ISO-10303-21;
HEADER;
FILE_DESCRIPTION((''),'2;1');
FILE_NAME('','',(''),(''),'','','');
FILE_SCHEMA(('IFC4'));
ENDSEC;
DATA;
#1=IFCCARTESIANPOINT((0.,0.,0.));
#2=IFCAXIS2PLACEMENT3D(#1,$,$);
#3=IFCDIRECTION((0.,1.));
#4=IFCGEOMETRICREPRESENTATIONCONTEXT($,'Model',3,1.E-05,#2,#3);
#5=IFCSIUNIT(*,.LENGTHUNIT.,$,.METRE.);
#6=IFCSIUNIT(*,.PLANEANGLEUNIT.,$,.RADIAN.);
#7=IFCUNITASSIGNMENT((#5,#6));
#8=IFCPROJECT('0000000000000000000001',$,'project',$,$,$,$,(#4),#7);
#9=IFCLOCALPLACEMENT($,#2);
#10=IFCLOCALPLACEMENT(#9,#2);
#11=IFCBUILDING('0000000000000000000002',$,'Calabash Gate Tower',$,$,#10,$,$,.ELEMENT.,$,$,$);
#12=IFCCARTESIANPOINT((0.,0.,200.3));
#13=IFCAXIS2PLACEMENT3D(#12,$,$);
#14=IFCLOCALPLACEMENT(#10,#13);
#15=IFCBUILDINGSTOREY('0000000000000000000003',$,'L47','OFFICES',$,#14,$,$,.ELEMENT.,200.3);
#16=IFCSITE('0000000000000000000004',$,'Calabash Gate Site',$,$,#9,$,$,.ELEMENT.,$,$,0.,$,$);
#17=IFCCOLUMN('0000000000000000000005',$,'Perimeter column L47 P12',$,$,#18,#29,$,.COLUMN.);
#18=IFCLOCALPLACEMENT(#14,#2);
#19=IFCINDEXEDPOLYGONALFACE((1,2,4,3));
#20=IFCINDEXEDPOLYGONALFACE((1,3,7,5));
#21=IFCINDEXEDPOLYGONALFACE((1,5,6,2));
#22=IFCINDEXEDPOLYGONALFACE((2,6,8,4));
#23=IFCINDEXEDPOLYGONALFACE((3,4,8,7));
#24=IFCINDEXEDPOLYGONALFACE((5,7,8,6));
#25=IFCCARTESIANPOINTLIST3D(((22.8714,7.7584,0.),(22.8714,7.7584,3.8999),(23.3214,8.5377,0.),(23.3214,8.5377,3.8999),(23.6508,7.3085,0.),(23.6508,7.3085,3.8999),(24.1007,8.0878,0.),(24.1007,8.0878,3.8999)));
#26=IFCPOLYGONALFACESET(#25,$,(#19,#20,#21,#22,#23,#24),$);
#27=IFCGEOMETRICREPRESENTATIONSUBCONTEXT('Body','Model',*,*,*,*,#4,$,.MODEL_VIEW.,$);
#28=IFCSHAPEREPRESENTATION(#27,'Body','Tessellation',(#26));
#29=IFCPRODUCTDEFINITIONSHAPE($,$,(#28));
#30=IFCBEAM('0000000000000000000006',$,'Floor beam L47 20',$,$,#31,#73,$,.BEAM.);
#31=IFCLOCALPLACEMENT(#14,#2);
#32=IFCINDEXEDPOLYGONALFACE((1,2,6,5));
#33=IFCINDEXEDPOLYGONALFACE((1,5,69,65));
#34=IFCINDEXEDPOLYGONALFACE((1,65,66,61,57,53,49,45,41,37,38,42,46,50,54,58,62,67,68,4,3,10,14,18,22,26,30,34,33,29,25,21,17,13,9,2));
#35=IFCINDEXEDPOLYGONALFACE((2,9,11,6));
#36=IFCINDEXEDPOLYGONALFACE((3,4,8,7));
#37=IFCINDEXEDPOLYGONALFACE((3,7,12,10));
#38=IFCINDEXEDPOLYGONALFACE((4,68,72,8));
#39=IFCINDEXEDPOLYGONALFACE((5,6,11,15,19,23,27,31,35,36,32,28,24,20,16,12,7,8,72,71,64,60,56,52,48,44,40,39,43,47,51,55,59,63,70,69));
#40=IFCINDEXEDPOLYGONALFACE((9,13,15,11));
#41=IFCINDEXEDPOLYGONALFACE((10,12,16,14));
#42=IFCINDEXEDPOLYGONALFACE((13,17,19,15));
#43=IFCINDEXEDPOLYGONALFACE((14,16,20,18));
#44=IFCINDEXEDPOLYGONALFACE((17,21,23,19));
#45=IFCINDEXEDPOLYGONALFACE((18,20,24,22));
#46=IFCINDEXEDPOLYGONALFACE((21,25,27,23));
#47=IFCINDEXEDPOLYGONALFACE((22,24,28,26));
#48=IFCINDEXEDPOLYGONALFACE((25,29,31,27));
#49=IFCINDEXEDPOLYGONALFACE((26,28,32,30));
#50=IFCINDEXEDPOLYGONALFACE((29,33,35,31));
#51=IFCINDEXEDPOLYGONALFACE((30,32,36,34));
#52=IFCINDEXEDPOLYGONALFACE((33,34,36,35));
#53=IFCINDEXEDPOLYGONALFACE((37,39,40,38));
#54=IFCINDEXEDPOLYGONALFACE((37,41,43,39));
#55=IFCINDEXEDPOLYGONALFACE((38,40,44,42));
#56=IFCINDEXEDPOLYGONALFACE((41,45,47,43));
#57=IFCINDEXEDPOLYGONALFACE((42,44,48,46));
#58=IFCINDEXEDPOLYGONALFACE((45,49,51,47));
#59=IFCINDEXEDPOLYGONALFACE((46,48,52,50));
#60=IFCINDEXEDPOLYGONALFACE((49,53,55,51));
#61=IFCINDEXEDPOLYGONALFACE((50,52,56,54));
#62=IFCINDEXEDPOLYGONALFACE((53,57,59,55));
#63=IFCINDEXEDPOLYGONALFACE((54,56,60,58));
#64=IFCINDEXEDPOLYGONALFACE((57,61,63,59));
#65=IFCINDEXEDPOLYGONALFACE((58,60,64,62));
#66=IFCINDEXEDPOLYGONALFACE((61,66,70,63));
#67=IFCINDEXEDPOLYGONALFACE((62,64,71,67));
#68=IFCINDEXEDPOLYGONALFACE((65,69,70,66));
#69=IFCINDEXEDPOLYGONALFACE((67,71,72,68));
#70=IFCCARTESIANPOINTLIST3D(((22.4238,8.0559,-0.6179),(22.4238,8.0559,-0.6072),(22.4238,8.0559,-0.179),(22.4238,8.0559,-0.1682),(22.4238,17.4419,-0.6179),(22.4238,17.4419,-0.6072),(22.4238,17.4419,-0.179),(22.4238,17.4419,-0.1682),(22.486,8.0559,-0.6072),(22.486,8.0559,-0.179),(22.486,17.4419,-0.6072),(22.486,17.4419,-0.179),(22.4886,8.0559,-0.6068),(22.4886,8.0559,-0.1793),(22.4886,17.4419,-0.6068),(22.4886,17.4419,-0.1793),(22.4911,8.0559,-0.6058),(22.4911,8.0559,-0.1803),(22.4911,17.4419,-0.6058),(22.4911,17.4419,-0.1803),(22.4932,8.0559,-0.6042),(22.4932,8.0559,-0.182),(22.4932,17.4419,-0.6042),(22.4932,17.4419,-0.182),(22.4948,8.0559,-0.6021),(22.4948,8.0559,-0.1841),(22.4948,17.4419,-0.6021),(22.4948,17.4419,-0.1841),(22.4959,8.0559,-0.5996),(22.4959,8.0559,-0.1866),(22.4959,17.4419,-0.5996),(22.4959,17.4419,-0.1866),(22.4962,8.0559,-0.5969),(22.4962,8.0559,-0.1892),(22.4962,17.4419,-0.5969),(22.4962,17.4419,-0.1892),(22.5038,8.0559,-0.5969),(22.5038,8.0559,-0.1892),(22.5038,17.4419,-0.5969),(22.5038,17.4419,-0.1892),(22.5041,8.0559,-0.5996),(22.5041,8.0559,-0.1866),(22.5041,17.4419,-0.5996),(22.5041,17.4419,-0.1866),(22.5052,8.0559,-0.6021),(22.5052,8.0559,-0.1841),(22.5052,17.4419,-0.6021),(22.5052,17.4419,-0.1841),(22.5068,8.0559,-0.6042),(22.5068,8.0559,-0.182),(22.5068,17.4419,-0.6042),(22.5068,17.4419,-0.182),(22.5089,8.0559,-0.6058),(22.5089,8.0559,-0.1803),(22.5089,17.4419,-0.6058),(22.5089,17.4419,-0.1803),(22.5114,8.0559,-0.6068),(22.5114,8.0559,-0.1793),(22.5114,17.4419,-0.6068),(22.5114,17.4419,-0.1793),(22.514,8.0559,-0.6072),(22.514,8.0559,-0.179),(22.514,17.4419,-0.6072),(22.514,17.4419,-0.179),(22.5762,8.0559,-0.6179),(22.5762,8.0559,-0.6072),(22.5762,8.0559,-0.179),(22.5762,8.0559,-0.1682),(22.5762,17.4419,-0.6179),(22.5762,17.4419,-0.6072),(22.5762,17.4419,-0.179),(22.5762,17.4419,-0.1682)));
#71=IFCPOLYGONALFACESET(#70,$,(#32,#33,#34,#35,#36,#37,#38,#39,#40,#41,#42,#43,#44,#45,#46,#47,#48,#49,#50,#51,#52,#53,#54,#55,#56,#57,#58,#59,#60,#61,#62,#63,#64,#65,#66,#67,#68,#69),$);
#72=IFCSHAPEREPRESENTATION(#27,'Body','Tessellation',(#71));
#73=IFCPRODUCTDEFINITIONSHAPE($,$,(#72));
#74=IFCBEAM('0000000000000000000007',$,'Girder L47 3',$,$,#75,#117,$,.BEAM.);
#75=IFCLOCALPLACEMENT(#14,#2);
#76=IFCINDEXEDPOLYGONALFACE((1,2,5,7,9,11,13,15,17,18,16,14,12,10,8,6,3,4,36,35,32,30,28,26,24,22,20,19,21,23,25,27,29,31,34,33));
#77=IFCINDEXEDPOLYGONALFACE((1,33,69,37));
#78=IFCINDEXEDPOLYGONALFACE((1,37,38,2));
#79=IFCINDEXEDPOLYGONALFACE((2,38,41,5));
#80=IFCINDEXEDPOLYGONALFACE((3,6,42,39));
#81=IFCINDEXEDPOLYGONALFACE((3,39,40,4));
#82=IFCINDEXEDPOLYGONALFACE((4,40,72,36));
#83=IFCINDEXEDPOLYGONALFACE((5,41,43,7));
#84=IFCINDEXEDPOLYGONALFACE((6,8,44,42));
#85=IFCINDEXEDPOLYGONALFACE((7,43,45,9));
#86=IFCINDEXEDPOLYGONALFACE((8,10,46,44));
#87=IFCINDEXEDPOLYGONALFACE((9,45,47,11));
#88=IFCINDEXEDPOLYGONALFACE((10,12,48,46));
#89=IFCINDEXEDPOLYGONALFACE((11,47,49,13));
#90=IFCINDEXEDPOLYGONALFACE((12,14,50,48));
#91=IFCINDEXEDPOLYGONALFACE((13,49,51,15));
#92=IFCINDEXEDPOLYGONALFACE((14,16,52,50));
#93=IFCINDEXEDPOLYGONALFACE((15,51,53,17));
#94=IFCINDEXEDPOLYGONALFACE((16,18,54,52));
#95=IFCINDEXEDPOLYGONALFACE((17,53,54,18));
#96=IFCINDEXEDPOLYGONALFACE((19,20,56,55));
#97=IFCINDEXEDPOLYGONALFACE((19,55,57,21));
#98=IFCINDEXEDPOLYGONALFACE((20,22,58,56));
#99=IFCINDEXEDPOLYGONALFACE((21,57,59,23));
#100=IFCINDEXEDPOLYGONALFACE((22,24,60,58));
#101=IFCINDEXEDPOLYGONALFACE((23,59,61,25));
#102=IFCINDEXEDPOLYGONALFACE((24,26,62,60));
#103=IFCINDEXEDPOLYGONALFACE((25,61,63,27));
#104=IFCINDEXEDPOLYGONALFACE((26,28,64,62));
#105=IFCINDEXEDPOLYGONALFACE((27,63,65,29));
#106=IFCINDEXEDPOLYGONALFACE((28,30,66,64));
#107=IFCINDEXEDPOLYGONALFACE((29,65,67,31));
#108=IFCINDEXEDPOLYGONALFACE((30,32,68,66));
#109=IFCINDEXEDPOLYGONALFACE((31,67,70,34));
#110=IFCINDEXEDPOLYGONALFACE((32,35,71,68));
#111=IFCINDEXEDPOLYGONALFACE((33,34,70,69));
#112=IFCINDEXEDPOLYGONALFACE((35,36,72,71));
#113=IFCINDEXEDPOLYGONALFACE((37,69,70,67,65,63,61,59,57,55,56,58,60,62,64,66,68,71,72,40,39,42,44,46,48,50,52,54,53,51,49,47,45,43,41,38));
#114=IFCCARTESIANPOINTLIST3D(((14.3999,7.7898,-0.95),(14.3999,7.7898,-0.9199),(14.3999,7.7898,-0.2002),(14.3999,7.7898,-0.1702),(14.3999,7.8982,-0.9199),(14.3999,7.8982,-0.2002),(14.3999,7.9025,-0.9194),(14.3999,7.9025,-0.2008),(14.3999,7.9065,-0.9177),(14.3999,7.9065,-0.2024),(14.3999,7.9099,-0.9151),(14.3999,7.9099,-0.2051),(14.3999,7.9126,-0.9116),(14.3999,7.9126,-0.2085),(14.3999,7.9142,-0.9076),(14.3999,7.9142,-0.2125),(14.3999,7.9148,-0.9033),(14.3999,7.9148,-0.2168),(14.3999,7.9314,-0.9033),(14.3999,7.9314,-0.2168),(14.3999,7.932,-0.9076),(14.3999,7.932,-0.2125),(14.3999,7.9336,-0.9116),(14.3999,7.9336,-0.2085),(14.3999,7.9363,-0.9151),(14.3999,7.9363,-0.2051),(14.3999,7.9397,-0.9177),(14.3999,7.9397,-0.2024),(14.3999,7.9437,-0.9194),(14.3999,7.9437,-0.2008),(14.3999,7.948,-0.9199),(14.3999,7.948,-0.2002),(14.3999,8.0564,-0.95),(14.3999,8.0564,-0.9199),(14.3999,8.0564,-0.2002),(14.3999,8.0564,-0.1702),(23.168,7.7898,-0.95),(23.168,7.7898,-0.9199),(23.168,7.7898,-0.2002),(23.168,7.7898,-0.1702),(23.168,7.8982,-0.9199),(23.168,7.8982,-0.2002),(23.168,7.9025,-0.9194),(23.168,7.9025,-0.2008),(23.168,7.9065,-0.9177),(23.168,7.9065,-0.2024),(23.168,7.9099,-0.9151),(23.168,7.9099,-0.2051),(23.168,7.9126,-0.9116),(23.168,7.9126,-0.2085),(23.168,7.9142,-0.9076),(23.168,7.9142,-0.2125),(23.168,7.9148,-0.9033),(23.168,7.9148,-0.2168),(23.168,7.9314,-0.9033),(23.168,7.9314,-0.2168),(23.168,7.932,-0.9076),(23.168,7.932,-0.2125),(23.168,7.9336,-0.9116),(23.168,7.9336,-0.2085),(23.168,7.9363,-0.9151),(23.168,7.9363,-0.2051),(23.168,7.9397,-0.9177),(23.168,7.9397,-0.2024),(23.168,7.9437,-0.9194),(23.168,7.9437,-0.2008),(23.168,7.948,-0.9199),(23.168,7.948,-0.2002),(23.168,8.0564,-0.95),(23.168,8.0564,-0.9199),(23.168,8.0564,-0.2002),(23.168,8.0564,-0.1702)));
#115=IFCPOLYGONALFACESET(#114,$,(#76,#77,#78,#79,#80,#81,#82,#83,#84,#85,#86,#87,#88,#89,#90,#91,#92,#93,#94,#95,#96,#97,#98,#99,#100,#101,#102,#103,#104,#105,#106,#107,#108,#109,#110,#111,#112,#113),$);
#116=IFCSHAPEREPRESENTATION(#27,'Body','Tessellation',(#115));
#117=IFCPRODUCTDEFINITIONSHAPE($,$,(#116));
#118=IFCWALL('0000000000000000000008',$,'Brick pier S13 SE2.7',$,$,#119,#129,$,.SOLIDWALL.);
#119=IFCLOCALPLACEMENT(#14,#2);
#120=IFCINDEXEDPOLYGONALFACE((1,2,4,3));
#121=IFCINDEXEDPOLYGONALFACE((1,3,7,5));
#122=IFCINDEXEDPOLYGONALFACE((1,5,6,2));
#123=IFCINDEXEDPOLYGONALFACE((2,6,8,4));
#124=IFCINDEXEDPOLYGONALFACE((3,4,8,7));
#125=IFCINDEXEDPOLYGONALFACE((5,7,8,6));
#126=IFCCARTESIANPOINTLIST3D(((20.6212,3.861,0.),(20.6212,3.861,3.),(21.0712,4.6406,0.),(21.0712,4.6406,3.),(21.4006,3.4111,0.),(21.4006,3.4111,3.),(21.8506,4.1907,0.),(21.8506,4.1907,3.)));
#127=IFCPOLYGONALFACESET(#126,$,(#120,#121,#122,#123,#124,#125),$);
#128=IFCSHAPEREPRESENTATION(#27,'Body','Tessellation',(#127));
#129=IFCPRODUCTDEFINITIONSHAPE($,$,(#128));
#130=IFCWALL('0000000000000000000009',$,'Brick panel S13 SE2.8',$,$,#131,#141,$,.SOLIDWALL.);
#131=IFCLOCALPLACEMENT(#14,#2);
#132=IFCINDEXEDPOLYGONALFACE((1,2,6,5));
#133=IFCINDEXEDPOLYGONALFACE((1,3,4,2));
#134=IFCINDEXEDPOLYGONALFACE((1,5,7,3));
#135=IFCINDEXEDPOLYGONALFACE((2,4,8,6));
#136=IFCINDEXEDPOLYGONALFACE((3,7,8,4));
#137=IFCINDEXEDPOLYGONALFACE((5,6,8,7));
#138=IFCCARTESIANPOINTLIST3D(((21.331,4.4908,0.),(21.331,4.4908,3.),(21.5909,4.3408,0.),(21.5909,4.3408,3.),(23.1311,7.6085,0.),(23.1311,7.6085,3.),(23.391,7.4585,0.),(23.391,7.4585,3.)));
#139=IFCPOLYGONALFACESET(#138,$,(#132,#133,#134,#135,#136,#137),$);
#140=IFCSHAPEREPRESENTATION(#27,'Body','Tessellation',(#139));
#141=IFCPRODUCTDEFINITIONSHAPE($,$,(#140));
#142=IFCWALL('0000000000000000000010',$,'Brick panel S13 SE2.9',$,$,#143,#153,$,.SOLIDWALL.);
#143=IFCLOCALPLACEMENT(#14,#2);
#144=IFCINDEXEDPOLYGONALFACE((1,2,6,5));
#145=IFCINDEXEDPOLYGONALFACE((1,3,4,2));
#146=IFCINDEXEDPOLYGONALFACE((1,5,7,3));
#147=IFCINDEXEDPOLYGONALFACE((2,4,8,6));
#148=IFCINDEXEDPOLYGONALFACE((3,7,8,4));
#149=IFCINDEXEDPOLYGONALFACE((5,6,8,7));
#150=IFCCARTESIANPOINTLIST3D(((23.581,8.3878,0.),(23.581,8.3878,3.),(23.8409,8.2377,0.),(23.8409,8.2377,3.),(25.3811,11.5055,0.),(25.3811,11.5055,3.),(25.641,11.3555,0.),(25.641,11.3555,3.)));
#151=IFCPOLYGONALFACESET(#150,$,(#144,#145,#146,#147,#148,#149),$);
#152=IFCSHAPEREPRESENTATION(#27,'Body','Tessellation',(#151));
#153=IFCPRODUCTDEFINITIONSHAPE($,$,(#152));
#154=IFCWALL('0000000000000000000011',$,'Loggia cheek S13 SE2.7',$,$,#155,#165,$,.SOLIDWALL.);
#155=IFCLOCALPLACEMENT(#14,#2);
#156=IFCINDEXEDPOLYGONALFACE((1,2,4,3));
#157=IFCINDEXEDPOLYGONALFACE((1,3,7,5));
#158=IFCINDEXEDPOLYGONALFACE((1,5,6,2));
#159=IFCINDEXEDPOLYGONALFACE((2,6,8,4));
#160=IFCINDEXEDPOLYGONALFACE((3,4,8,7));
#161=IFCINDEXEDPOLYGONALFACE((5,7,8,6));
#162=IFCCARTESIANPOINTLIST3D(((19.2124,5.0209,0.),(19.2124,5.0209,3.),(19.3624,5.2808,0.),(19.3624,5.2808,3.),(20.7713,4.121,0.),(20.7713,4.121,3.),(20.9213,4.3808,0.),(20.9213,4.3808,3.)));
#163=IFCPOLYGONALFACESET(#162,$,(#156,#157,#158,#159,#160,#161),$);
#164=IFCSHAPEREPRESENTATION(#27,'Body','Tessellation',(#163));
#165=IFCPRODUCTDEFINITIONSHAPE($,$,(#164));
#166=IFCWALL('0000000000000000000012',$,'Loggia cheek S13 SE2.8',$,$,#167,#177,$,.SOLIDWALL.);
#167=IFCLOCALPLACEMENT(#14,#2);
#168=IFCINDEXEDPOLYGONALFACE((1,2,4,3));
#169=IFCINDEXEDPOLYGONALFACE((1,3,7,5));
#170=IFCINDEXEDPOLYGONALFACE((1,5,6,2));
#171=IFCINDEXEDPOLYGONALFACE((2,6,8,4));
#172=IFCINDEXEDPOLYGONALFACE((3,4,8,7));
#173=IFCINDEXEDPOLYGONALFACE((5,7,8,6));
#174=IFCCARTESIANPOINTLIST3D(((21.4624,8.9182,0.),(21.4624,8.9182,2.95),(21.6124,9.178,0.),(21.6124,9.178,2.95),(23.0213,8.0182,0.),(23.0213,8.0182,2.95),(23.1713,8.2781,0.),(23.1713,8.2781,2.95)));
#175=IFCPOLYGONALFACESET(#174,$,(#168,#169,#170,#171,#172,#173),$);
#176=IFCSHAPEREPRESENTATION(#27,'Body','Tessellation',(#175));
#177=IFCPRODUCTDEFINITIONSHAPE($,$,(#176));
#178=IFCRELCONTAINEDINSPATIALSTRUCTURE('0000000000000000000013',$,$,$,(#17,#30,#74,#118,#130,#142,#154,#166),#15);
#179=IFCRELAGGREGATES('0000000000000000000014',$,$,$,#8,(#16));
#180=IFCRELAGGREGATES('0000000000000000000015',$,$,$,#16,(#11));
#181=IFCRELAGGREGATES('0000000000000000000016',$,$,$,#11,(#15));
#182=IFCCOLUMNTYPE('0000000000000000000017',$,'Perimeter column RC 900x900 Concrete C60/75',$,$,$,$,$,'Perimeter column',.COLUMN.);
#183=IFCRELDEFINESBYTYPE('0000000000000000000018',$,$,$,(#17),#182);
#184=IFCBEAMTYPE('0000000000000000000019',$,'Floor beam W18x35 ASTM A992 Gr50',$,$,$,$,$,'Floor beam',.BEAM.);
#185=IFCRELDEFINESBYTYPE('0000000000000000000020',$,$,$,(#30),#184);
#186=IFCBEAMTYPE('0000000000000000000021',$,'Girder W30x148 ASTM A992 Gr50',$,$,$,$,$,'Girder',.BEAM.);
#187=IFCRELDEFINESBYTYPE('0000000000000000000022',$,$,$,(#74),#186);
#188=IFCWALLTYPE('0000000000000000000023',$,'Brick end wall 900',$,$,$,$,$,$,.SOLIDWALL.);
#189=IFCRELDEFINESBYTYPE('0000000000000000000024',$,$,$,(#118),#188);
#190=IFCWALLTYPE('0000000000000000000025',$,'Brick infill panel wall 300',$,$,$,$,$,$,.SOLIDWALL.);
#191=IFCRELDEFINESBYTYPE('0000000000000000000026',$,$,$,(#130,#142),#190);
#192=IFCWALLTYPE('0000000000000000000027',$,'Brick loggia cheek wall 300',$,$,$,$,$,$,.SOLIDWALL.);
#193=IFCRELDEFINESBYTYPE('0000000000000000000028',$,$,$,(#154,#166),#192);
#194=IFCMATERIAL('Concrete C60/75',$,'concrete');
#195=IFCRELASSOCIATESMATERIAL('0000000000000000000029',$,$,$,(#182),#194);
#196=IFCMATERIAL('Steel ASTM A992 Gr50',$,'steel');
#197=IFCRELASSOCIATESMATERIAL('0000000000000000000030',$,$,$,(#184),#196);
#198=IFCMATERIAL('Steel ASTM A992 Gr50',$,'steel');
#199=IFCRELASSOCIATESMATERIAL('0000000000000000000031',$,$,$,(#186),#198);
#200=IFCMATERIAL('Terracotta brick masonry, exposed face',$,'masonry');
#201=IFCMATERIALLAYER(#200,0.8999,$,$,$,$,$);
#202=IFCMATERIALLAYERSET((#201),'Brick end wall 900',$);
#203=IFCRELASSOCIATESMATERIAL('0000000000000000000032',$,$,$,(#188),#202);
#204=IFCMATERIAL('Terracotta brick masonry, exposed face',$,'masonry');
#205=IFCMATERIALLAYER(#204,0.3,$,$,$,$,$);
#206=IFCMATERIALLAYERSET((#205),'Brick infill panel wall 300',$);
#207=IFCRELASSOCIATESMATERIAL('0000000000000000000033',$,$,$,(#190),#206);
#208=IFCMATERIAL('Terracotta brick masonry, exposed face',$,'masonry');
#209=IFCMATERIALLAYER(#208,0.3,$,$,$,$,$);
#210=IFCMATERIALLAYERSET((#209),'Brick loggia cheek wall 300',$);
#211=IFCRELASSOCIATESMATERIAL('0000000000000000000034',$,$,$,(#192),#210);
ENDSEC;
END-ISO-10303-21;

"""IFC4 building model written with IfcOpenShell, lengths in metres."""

from ifc_helpers import new_model, si_unit, direction, frame, frame_2d, origin, origin_2d, place, context, subcontext, project, spatial, rectangle, i_section, extrude, material, layer, layer_set, material_profile, profile_set, type_object, element, save


model = new_model("IFC4")

# Units and contexts
model_context = context("Model", 3, precision=1e-05, world=origin(), true_north=direction((0.0, 1.0)))
body_context = subcontext(model_context, "Body", "Model", "MODEL_VIEW")
ifc_project = project(units=[si_unit("LENGTHUNIT", "METRE"), si_unit("PLANEANGLEUNIT", "RADIAN")], contexts=[model_context])

# Site, building, storey
site_placement = place(None, origin())
site = spatial("IfcSite", under=ifc_project, at=site_placement, Name="Calabash Gate Site", CompositionType="ELEMENT", RefElevation=0.0)
building_placement = place(site_placement, origin())
building = spatial("IfcBuilding", under=site, at=building_placement, Name="Calabash Gate Tower", CompositionType="ELEMENT")
storey_placement = place(building_placement, frame((0.0, 0.0, 200.3)))
storey = spatial("IfcBuildingStorey", under=building, at=storey_placement, Name="L47", Description="OFFICES", CompositionType="ELEMENT", Elevation=200.3)

# Column
ifc_material_1 = material(Name="Concrete C60/75", Category="concrete")
ifc_material_profile_1 = material_profile(ifc_material_1, rectangle(XDim=0.8999, YDim=0.8999, at=origin_2d()))
ifc_profile_set_1 = profile_set([ifc_material_profile_1], Name="Concrete C60/75")
column_type = type_object("IfcColumnType", Name="Perimeter column RC 900x900 Concrete C60/75", ElementType="Perimeter column", PredefinedType="COLUMN", material=ifc_profile_set_1)
column_placement = place(storey_placement, frame((23.4861, 7.9231, 0.0), z_axis=(0.0, 0.0, 1.0), x_axis=(0.5, 0.866025, 0.0)))
element("IfcColumn", 1, at=column_placement, inside=storey, type_object=column_type, Name="Perimeter column L47 P12", PredefinedType="COLUMN", context=body_context, shape_type="SweptSolid", body=[
    extrude(rectangle(XDim=0.8999, YDim=0.8999, at=origin_2d()), origin(), (0.0, 0.0, 1.0), 3.8999),
])

# Beams
ifc_material_2 = material(Name="Steel ASTM A992 Gr50", Category="steel")
ifc_material_profile_2 = material_profile(ifc_material_2, i_section(OverallWidth=0.1523, OverallDepth=0.4497, WebThickness=0.0076, FlangeThickness=0.0107, FilletRadius=0.0103, at=origin_2d()))
ifc_profile_set_2 = profile_set([ifc_material_profile_2], Name="Steel ASTM A992 Gr50")
beam_type_1 = type_object("IfcBeamType", Name="Floor beam W18x35 ASTM A992 Gr50", ElementType="Floor beam", PredefinedType="BEAM", material=ifc_profile_set_2)
beam_1_placement = place(storey_placement, frame((22.5, 8.0559, -0.3931), z_axis=(0.0, 1.0, 0.0), x_axis=(-1.0, 0.0, 0.0)))
element("IfcBeam", 2, at=beam_1_placement, inside=storey, type_object=beam_type_1, Name="Floor beam L47 20", PredefinedType="BEAM", context=body_context, shape_type="SweptSolid", body=[
    extrude(i_section(OverallWidth=0.1523, OverallDepth=0.4497, WebThickness=0.0076, FlangeThickness=0.0107, FilletRadius=0.0103, at=origin_2d()), origin(), (0.0, 0.0, 1.0), 9.386),
])
ifc_material_3 = material(Name="Steel ASTM A992 Gr50", Category="steel")
ifc_material_profile_3 = material_profile(ifc_material_3, i_section(OverallWidth=0.2666, OverallDepth=0.7798, WebThickness=0.0166, FlangeThickness=0.03, FilletRadius=0.0166, at=origin_2d()))
ifc_profile_set_3 = profile_set([ifc_material_profile_3], Name="Steel ASTM A992 Gr50")
beam_type_2 = type_object("IfcBeamType", Name="Girder W30x148 ASTM A992 Gr50", ElementType="Girder", PredefinedType="BEAM", material=ifc_profile_set_3)
beam_2_placement = place(storey_placement, frame((23.168, 7.9231, -0.5601), z_axis=(-1.0, 0.0, 0.0), x_axis=(0.0, -1.0, 0.0)))
element("IfcBeam", 3, at=beam_2_placement, inside=storey, type_object=beam_type_2, Name="Girder L47 3", PredefinedType="BEAM", context=body_context, shape_type="SweptSolid", body=[
    extrude(i_section(OverallWidth=0.2666, OverallDepth=0.7798, WebThickness=0.0166, FlangeThickness=0.03, FilletRadius=0.0166, at=origin_2d()), origin(), (0.0, 0.0, 1.0), 8.7681),
])

# Walls
ifc_material_4 = material(Name="Terracotta brick masonry, exposed face", Category="masonry")
ifc_layer_1 = layer(ifc_material_4, 0.8999)
ifc_layer_set_1 = layer_set([ifc_layer_1], Name="Brick end wall 900")
wall_type_1 = type_object("IfcWallType", Name="Brick end wall 900", PredefinedType="SOLIDWALL", material=ifc_layer_set_1)
wall_1_placement = place(storey_placement, frame((21.4609, 4.4158, 0.0), z_axis=(0.0, 0.0, 1.0), x_axis=(-0.499902, -0.866082, 0.0)))
element("IfcWall", 4, at=wall_1_placement, inside=storey, type_object=wall_type_1, Name="Brick pier S13 SE2.7", PredefinedType="SOLIDWALL", context=body_context, shape_type="SweptSolid", body=[
    extrude(rectangle(XDim=0.9001, YDim=0.8999, at=frame_2d((0.4502, 0.0))), origin(), (0.0, 0.0, 1.0), 3.0),
])
ifc_material_5 = material(Name="Terracotta brick masonry, exposed face", Category="masonry")
ifc_layer_2 = layer(ifc_material_5, 0.3)
ifc_layer_set_2 = layer_set([ifc_layer_2], Name="Brick infill panel wall 300")
wall_type_2 = type_object("IfcWallType", Name="Brick infill panel wall 300", PredefinedType="SOLIDWALL", material=ifc_layer_set_2)
for number, where, z_axis, x_axis, name in (
    (5, (21.4609, 4.4158, 0.0), (0.0, 0.0, 1.0), (0.500012, 0.866018, 0.0), "Brick panel S13 SE2.8"),
    (6, (23.7109, 8.3127, 0.0), (0.0, 0.0, 1.0), (0.500012, 0.866018, 0.0), "Brick panel S13 SE2.9"),
):
    element("IfcWall", number, at=place(storey_placement, frame(where, z_axis=z_axis, x_axis=x_axis)), inside=storey, type_object=wall_type_2, Name=name, PredefinedType="SOLIDWALL", context=body_context, shape_type="SweptSolid", body=[
        extrude(rectangle(XDim=3.6001, YDim=0.3, at=frame_2d((1.8, 0.0))), origin(), (0.0, 0.0, 1.0), 3.0),
    ])
ifc_material_6 = material(Name="Terracotta brick masonry, exposed face", Category="masonry")
ifc_layer_3 = layer(ifc_material_6, 0.3)
ifc_layer_set_3 = layer_set([ifc_layer_3], Name="Brick loggia cheek wall 300")
wall_type_3 = type_object("IfcWallType", Name="Brick loggia cheek wall 300", PredefinedType="SOLIDWALL", material=ifc_layer_set_3)
wall_2_placement = place(storey_placement, frame((20.8462, 4.251, 0.0), z_axis=(0.0, 0.0, 1.0), x_axis=(-0.866048, 0.499961, 0.0)))
element("IfcWall", 7, at=wall_2_placement, inside=storey, type_object=wall_type_3, Name="Loggia cheek S13 SE2.7", PredefinedType="SOLIDWALL", context=body_context, shape_type="SweptSolid", body=[
    extrude(rectangle(XDim=1.8, YDim=0.3, at=frame_2d((0.8999, 0.0))), origin(), (0.0, 0.0, 1.0), 3.0),
])
wall_3_placement = place(storey_placement, frame((23.0962, 8.1482, 0.0), z_axis=(0.0, 0.0, 1.0), x_axis=(-0.866048, 0.499961, 0.0)))
element("IfcWall", 8, at=wall_3_placement, inside=storey, type_object=wall_type_3, Name="Loggia cheek S13 SE2.8", PredefinedType="SOLIDWALL", context=body_context, shape_type="SweptSolid", body=[
    extrude(rectangle(XDim=1.8, YDim=0.3, at=frame_2d((0.8999, 0.0))), origin(), (0.0, 0.0, 1.0), 2.95),
])

save(model, "model.ifc")
